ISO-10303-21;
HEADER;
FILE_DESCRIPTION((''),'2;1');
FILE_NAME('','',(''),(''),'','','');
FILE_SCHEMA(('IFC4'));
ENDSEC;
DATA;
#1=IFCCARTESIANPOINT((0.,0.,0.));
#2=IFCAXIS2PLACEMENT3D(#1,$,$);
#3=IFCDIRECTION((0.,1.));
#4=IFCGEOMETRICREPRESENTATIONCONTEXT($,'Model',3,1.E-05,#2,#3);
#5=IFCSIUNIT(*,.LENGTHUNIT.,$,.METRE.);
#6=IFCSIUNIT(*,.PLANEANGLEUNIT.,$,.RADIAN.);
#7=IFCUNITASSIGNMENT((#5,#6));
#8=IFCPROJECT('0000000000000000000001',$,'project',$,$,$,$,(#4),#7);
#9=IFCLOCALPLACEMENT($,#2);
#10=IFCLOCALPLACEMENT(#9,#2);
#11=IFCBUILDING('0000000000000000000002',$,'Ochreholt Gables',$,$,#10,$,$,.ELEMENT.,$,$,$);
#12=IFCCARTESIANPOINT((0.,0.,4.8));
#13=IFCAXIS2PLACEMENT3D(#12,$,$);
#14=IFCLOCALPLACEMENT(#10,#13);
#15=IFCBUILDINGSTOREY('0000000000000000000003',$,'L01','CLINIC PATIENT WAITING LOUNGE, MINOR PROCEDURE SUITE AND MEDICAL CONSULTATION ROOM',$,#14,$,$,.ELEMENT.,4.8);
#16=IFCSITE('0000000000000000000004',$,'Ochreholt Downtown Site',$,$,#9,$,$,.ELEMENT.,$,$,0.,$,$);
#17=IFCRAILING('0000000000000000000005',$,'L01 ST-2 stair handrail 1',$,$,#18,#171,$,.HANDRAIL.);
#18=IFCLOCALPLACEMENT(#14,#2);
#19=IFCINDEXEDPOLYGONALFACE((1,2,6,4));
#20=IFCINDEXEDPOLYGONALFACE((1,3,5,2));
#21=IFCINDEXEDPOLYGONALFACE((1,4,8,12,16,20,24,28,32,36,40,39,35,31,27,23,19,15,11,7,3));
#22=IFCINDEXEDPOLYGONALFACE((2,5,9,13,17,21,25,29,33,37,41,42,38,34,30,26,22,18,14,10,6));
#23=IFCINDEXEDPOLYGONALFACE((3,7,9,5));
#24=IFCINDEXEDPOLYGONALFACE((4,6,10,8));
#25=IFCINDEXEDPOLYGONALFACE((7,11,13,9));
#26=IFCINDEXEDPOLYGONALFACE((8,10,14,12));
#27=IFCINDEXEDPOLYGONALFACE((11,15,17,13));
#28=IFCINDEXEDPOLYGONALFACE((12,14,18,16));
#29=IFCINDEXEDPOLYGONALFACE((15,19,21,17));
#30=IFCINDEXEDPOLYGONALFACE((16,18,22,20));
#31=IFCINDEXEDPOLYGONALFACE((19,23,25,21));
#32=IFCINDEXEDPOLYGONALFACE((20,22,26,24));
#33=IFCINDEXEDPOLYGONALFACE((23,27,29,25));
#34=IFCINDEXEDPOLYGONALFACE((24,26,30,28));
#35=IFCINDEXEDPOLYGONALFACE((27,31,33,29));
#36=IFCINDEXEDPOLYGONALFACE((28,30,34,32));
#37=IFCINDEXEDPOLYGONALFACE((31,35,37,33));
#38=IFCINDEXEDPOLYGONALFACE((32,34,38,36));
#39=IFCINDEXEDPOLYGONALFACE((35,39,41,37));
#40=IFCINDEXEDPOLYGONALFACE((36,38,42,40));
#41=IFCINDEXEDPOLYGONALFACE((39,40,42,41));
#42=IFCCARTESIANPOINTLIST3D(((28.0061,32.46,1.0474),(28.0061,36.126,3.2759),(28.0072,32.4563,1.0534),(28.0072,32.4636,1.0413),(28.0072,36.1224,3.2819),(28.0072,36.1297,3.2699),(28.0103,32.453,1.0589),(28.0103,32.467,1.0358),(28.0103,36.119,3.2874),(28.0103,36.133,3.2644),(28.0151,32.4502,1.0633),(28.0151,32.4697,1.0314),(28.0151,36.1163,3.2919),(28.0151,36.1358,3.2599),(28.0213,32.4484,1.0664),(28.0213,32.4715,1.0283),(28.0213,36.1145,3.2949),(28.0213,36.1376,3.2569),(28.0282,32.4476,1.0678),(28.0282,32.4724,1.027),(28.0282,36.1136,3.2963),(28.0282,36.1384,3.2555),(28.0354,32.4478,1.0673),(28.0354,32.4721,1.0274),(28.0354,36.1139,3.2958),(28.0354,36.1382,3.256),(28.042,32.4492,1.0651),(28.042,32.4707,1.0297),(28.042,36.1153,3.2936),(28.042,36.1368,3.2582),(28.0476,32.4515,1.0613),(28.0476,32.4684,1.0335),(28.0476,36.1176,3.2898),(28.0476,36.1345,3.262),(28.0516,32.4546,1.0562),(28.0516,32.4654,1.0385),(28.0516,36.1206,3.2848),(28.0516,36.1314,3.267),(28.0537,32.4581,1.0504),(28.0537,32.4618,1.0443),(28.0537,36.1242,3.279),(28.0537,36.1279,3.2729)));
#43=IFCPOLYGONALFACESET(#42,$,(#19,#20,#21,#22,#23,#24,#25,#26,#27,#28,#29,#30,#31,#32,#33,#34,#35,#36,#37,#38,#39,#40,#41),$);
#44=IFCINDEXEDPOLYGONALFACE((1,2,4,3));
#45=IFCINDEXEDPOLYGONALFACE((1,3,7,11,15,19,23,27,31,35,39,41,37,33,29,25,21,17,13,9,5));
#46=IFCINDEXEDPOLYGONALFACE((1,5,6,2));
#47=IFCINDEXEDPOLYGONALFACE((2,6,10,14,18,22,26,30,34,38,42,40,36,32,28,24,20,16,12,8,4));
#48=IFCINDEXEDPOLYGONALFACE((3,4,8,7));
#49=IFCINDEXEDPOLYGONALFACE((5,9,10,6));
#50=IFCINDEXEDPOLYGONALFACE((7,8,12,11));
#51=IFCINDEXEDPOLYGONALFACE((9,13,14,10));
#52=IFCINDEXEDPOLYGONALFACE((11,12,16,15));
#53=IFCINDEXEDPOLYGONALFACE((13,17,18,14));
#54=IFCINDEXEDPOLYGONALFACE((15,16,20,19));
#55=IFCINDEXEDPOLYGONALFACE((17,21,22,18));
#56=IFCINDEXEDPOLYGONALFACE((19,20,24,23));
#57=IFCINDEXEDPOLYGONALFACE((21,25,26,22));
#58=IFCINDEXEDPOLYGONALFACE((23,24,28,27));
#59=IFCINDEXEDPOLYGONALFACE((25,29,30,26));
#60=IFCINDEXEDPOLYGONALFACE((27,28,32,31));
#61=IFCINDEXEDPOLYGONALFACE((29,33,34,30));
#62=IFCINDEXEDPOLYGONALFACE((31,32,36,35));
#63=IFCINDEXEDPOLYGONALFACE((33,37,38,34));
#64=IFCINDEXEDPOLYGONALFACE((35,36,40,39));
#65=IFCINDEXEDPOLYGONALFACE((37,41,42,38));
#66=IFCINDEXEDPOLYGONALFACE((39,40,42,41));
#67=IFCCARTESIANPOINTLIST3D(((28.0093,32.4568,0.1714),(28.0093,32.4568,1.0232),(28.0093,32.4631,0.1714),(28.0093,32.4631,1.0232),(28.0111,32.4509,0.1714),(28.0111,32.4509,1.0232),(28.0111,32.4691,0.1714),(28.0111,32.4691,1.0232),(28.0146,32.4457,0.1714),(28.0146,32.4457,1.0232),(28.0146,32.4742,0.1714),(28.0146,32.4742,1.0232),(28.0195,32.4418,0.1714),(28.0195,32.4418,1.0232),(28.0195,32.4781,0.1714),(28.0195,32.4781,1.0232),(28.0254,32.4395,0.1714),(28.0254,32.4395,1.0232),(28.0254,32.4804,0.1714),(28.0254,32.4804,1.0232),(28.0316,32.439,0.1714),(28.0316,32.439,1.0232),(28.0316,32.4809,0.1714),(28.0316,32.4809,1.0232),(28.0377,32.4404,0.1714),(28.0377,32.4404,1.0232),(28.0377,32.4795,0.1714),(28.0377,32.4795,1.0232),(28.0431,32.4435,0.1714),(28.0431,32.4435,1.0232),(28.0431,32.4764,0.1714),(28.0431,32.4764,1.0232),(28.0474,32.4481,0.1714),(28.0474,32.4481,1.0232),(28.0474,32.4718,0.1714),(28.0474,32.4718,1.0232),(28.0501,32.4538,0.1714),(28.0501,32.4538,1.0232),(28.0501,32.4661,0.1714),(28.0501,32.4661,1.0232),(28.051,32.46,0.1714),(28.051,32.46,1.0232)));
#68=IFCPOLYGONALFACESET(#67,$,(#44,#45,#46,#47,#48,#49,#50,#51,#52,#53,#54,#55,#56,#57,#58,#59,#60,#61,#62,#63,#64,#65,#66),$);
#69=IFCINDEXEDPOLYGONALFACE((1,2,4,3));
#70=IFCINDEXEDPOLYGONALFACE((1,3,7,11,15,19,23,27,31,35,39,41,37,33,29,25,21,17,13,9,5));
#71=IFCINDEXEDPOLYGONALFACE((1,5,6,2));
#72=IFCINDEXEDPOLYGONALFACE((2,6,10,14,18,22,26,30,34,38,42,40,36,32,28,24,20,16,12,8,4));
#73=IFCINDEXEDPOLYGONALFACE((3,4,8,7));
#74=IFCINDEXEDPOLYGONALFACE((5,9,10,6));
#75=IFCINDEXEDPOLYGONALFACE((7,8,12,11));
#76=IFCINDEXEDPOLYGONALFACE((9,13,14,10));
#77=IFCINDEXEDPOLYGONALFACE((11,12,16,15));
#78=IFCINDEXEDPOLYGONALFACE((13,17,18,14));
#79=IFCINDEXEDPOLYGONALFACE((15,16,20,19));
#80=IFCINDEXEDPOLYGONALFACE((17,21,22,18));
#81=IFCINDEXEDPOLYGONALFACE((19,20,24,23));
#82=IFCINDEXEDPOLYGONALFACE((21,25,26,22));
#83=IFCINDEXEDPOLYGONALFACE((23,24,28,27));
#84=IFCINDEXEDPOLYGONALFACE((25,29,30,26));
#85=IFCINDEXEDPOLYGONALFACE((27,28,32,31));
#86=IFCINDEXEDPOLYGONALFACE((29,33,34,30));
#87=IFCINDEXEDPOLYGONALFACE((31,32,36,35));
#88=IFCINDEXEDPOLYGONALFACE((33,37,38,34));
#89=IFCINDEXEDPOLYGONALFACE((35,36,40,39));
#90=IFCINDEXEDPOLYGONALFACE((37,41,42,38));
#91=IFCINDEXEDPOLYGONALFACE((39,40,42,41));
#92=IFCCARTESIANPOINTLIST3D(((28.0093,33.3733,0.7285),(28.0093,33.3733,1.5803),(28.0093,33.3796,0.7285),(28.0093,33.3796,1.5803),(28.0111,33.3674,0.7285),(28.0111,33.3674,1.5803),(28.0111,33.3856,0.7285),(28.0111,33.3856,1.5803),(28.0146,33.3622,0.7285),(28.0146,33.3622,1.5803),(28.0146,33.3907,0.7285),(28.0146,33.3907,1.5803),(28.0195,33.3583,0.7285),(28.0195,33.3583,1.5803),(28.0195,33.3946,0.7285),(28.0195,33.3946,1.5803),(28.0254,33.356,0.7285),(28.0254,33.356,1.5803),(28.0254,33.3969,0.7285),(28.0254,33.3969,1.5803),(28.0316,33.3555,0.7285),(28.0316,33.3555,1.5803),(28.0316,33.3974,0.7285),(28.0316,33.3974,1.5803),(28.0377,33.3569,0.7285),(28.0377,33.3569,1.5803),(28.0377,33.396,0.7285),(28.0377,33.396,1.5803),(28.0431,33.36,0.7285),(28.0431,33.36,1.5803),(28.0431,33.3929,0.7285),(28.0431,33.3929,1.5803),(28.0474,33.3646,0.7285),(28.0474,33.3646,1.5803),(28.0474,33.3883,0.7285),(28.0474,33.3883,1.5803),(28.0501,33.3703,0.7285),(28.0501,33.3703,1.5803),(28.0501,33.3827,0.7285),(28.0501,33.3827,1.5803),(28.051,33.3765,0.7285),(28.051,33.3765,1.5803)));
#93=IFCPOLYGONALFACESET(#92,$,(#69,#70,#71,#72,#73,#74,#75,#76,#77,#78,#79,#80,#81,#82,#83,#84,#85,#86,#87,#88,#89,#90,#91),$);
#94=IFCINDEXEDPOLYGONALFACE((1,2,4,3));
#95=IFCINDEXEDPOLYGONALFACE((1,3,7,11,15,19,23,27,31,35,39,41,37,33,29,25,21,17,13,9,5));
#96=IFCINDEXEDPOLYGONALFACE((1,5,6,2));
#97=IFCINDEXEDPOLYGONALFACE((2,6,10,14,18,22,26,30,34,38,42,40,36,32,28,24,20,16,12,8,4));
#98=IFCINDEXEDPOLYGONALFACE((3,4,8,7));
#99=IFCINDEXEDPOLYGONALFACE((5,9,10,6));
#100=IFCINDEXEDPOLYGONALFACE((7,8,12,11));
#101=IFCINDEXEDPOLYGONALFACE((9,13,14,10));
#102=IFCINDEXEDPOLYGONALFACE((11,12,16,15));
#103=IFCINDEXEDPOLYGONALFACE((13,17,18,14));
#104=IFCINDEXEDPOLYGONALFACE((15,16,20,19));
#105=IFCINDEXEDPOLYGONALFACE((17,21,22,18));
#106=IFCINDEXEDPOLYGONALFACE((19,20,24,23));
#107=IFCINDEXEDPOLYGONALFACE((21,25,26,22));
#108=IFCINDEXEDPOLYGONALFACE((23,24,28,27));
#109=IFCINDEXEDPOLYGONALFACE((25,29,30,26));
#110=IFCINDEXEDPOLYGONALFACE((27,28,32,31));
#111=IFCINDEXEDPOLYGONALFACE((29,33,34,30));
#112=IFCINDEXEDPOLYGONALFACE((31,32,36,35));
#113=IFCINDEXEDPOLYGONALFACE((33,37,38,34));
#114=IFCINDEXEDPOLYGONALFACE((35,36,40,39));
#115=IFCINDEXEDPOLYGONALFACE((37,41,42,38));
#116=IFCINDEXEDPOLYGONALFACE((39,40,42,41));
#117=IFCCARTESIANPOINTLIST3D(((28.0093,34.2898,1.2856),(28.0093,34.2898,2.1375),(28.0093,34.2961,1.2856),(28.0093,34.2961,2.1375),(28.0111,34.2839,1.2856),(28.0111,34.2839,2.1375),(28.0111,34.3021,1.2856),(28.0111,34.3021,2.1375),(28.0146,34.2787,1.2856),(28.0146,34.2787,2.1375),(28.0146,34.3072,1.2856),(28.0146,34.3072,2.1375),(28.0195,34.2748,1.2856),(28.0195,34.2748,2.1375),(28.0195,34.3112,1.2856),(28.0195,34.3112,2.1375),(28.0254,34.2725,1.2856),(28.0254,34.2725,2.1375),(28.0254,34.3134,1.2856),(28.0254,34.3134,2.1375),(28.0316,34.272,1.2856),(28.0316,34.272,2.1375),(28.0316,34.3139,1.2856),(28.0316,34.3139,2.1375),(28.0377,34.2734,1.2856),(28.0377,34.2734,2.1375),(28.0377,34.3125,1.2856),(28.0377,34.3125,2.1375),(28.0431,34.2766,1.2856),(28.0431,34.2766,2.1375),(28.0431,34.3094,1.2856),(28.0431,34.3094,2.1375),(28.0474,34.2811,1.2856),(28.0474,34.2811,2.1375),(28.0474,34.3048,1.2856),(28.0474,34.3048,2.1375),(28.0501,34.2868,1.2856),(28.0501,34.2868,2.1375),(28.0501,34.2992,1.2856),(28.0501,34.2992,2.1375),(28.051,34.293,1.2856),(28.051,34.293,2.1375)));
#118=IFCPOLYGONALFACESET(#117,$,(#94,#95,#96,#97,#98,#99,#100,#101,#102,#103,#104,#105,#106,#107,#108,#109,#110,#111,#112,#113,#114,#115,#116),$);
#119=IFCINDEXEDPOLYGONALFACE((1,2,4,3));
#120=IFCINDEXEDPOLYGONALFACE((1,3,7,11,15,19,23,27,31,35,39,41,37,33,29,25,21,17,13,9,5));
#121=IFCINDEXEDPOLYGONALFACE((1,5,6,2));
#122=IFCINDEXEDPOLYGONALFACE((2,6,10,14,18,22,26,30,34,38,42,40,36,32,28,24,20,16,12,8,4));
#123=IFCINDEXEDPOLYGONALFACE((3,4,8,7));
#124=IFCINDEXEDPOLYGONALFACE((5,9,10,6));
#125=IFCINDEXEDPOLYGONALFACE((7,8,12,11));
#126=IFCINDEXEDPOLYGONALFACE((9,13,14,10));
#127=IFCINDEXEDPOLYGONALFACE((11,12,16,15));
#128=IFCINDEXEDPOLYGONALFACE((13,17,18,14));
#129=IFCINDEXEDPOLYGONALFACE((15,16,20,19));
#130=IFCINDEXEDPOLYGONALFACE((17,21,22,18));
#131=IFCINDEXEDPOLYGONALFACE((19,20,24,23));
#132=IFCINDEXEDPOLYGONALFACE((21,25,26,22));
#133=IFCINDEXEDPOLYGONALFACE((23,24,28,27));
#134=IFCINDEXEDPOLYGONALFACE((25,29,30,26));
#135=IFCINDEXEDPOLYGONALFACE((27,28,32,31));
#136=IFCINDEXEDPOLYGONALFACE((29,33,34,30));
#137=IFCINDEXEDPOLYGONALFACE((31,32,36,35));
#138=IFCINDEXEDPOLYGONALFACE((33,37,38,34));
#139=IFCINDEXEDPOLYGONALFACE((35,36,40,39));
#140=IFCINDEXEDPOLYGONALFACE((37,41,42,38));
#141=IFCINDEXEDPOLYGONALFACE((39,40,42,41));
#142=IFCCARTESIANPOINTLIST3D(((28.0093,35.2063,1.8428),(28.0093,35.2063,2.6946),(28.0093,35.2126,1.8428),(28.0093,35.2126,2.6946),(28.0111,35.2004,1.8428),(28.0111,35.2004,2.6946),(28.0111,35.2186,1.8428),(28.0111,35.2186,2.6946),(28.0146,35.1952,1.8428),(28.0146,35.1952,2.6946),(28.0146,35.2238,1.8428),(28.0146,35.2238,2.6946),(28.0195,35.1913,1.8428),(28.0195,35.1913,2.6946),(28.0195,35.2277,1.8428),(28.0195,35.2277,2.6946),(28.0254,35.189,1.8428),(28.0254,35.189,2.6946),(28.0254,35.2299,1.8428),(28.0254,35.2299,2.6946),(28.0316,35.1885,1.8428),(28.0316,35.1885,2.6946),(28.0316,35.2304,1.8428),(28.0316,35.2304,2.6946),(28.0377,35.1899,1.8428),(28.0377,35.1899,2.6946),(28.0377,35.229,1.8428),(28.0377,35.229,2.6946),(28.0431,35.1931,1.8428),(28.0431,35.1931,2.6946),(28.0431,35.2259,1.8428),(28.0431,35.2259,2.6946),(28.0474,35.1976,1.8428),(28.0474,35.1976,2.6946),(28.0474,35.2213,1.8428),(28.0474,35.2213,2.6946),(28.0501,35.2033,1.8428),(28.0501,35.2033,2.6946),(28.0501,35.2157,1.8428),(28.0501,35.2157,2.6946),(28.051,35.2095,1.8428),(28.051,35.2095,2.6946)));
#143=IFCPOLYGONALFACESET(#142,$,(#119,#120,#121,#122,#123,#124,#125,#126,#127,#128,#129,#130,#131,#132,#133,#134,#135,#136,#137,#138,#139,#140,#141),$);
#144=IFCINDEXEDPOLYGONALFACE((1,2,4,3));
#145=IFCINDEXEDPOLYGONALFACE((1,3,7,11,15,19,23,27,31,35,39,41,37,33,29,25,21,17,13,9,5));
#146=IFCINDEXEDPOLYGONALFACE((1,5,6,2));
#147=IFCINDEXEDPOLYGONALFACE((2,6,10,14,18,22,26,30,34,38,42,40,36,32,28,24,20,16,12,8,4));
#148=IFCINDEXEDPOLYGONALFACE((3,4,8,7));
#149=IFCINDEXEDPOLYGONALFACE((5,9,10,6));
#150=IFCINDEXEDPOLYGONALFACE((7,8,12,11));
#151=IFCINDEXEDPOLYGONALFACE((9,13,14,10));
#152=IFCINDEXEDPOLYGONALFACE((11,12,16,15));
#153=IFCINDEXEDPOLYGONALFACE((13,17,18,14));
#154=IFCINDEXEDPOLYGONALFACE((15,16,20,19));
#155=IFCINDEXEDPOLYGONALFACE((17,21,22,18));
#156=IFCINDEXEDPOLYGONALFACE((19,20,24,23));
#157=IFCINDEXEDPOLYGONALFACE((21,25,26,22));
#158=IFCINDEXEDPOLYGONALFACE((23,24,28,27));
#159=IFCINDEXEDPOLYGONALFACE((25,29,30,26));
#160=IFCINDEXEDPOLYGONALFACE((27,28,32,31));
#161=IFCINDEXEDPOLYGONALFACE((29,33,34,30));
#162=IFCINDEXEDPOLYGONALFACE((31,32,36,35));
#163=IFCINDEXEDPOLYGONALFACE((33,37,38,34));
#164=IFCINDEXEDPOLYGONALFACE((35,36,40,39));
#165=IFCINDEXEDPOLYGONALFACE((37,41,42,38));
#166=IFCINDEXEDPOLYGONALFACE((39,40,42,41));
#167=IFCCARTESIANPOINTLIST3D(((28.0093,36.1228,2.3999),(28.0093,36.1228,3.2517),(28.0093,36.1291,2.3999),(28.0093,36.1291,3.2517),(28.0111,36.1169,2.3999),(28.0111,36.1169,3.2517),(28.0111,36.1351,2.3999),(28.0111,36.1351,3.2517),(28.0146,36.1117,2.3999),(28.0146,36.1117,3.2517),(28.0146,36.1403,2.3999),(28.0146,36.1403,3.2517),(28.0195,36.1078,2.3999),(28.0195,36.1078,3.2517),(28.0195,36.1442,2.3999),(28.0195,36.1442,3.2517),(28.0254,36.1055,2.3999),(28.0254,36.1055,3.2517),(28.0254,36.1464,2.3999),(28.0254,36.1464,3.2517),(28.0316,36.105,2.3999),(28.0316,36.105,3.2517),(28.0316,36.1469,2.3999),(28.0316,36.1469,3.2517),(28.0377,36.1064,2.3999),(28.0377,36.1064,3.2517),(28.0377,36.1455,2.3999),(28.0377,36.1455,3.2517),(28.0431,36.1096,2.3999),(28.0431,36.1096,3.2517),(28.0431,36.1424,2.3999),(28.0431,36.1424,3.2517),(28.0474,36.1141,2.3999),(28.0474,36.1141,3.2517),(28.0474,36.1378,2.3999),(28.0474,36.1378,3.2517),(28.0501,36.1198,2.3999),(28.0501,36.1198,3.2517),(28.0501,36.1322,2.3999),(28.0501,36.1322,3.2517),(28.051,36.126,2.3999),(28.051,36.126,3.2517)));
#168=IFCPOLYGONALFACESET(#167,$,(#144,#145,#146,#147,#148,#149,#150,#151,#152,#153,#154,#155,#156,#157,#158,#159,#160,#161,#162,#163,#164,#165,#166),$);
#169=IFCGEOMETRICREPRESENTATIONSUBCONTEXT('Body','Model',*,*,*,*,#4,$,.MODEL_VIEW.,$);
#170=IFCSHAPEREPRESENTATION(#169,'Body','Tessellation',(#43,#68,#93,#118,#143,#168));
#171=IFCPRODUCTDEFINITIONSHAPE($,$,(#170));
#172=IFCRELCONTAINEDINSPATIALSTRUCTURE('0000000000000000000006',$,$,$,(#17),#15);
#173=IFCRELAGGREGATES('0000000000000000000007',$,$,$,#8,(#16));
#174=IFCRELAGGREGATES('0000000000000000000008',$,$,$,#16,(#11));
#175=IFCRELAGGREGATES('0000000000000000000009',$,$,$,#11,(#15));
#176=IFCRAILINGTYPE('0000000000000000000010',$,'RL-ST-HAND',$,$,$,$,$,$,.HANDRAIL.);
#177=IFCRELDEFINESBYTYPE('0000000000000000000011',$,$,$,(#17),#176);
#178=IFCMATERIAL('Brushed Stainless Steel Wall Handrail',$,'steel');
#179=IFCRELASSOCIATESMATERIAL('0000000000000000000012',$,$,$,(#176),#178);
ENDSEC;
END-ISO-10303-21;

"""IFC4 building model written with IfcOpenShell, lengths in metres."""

from ifc_helpers import new_model, si_unit, direction, frame, origin, origin_2d, place, context, subcontext, project, spatial, circle, extrude, material, type_object, element, save


model = new_model("IFC4")

# Units and contexts
model_context = context("Model", 3, precision=1e-05, world=origin(), true_north=direction((0.0, 1.0)))
body_context = subcontext(model_context, "Body", "Model", "MODEL_VIEW")
ifc_project = project(units=[si_unit("LENGTHUNIT", "METRE"), si_unit("PLANEANGLEUNIT", "RADIAN")], contexts=[model_context])

# Site, building, storey
site_placement = place(None, origin())
site = spatial("IfcSite", under=ifc_project, at=site_placement, Name="Ochreholt Downtown Site", CompositionType="ELEMENT", RefElevation=0.0)
building_placement = place(site_placement, origin())
building = spatial("IfcBuilding", under=site, at=building_placement, Name="Ochreholt Gables", CompositionType="ELEMENT")
storey_placement = place(building_placement, frame((0.0, 0.0, 4.8)))
storey = spatial("IfcBuildingStorey", under=building, at=storey_placement, Name="L01", Description="CLINIC PATIENT WAITING LOUNGE, MINOR PROCEDURE SUITE AND MEDICAL CONSULTATION ROOM", CompositionType="ELEMENT", Elevation=4.8)

# Railing
ifc_material_1 = material(Name="Brushed Stainless Steel Wall Handrail", Category="steel")
railing_type_1 = type_object("IfcRailingType", Name="RL-ST-HAND", PredefinedType="HANDRAIL", material=ifc_material_1)
railing_1_placement = place(storey_placement, frame((28.03, 32.46, 0.1714)))
element("IfcRailing", 1, at=railing_1_placement, inside=storey, type_object=railing_type_1, Name="L01 ST-2 stair handrail 1", PredefinedType="HANDRAIL", context=body_context, shape_type="SweptSolid", body=[
    extrude(circle(Radius=0.0239, at=origin_2d()), frame((0.0, 0.0, 0.876), z_axis=(0.0, 0.854506, 0.519441), x_axis=(-1.0, 0.0, 0.0)), (0.0, 0.0, 1.0), 4.2903),
    extrude(circle(Radius=0.021, at=origin_2d()), origin(), (0.0, 0.0, 1.0), 0.8518),
    extrude(circle(Radius=0.021, at=origin_2d()), frame((0.0, 0.9165, 0.5571)), (0.0, 0.0, 1.0), 0.8518),
    extrude(circle(Radius=0.021, at=origin_2d()), frame((0.0, 1.833, 1.1143)), (0.0, 0.0, 1.0), 0.8518),
    extrude(circle(Radius=0.021, at=origin_2d()), frame((0.0, 2.7495, 1.6714)), (0.0, 0.0, 1.0), 0.8518),
    extrude(circle(Radius=0.021, at=origin_2d()), frame((0.0, 3.666, 2.2285)), (0.0, 0.0, 1.0), 0.8518),
])

save(model, "model.ifc")
